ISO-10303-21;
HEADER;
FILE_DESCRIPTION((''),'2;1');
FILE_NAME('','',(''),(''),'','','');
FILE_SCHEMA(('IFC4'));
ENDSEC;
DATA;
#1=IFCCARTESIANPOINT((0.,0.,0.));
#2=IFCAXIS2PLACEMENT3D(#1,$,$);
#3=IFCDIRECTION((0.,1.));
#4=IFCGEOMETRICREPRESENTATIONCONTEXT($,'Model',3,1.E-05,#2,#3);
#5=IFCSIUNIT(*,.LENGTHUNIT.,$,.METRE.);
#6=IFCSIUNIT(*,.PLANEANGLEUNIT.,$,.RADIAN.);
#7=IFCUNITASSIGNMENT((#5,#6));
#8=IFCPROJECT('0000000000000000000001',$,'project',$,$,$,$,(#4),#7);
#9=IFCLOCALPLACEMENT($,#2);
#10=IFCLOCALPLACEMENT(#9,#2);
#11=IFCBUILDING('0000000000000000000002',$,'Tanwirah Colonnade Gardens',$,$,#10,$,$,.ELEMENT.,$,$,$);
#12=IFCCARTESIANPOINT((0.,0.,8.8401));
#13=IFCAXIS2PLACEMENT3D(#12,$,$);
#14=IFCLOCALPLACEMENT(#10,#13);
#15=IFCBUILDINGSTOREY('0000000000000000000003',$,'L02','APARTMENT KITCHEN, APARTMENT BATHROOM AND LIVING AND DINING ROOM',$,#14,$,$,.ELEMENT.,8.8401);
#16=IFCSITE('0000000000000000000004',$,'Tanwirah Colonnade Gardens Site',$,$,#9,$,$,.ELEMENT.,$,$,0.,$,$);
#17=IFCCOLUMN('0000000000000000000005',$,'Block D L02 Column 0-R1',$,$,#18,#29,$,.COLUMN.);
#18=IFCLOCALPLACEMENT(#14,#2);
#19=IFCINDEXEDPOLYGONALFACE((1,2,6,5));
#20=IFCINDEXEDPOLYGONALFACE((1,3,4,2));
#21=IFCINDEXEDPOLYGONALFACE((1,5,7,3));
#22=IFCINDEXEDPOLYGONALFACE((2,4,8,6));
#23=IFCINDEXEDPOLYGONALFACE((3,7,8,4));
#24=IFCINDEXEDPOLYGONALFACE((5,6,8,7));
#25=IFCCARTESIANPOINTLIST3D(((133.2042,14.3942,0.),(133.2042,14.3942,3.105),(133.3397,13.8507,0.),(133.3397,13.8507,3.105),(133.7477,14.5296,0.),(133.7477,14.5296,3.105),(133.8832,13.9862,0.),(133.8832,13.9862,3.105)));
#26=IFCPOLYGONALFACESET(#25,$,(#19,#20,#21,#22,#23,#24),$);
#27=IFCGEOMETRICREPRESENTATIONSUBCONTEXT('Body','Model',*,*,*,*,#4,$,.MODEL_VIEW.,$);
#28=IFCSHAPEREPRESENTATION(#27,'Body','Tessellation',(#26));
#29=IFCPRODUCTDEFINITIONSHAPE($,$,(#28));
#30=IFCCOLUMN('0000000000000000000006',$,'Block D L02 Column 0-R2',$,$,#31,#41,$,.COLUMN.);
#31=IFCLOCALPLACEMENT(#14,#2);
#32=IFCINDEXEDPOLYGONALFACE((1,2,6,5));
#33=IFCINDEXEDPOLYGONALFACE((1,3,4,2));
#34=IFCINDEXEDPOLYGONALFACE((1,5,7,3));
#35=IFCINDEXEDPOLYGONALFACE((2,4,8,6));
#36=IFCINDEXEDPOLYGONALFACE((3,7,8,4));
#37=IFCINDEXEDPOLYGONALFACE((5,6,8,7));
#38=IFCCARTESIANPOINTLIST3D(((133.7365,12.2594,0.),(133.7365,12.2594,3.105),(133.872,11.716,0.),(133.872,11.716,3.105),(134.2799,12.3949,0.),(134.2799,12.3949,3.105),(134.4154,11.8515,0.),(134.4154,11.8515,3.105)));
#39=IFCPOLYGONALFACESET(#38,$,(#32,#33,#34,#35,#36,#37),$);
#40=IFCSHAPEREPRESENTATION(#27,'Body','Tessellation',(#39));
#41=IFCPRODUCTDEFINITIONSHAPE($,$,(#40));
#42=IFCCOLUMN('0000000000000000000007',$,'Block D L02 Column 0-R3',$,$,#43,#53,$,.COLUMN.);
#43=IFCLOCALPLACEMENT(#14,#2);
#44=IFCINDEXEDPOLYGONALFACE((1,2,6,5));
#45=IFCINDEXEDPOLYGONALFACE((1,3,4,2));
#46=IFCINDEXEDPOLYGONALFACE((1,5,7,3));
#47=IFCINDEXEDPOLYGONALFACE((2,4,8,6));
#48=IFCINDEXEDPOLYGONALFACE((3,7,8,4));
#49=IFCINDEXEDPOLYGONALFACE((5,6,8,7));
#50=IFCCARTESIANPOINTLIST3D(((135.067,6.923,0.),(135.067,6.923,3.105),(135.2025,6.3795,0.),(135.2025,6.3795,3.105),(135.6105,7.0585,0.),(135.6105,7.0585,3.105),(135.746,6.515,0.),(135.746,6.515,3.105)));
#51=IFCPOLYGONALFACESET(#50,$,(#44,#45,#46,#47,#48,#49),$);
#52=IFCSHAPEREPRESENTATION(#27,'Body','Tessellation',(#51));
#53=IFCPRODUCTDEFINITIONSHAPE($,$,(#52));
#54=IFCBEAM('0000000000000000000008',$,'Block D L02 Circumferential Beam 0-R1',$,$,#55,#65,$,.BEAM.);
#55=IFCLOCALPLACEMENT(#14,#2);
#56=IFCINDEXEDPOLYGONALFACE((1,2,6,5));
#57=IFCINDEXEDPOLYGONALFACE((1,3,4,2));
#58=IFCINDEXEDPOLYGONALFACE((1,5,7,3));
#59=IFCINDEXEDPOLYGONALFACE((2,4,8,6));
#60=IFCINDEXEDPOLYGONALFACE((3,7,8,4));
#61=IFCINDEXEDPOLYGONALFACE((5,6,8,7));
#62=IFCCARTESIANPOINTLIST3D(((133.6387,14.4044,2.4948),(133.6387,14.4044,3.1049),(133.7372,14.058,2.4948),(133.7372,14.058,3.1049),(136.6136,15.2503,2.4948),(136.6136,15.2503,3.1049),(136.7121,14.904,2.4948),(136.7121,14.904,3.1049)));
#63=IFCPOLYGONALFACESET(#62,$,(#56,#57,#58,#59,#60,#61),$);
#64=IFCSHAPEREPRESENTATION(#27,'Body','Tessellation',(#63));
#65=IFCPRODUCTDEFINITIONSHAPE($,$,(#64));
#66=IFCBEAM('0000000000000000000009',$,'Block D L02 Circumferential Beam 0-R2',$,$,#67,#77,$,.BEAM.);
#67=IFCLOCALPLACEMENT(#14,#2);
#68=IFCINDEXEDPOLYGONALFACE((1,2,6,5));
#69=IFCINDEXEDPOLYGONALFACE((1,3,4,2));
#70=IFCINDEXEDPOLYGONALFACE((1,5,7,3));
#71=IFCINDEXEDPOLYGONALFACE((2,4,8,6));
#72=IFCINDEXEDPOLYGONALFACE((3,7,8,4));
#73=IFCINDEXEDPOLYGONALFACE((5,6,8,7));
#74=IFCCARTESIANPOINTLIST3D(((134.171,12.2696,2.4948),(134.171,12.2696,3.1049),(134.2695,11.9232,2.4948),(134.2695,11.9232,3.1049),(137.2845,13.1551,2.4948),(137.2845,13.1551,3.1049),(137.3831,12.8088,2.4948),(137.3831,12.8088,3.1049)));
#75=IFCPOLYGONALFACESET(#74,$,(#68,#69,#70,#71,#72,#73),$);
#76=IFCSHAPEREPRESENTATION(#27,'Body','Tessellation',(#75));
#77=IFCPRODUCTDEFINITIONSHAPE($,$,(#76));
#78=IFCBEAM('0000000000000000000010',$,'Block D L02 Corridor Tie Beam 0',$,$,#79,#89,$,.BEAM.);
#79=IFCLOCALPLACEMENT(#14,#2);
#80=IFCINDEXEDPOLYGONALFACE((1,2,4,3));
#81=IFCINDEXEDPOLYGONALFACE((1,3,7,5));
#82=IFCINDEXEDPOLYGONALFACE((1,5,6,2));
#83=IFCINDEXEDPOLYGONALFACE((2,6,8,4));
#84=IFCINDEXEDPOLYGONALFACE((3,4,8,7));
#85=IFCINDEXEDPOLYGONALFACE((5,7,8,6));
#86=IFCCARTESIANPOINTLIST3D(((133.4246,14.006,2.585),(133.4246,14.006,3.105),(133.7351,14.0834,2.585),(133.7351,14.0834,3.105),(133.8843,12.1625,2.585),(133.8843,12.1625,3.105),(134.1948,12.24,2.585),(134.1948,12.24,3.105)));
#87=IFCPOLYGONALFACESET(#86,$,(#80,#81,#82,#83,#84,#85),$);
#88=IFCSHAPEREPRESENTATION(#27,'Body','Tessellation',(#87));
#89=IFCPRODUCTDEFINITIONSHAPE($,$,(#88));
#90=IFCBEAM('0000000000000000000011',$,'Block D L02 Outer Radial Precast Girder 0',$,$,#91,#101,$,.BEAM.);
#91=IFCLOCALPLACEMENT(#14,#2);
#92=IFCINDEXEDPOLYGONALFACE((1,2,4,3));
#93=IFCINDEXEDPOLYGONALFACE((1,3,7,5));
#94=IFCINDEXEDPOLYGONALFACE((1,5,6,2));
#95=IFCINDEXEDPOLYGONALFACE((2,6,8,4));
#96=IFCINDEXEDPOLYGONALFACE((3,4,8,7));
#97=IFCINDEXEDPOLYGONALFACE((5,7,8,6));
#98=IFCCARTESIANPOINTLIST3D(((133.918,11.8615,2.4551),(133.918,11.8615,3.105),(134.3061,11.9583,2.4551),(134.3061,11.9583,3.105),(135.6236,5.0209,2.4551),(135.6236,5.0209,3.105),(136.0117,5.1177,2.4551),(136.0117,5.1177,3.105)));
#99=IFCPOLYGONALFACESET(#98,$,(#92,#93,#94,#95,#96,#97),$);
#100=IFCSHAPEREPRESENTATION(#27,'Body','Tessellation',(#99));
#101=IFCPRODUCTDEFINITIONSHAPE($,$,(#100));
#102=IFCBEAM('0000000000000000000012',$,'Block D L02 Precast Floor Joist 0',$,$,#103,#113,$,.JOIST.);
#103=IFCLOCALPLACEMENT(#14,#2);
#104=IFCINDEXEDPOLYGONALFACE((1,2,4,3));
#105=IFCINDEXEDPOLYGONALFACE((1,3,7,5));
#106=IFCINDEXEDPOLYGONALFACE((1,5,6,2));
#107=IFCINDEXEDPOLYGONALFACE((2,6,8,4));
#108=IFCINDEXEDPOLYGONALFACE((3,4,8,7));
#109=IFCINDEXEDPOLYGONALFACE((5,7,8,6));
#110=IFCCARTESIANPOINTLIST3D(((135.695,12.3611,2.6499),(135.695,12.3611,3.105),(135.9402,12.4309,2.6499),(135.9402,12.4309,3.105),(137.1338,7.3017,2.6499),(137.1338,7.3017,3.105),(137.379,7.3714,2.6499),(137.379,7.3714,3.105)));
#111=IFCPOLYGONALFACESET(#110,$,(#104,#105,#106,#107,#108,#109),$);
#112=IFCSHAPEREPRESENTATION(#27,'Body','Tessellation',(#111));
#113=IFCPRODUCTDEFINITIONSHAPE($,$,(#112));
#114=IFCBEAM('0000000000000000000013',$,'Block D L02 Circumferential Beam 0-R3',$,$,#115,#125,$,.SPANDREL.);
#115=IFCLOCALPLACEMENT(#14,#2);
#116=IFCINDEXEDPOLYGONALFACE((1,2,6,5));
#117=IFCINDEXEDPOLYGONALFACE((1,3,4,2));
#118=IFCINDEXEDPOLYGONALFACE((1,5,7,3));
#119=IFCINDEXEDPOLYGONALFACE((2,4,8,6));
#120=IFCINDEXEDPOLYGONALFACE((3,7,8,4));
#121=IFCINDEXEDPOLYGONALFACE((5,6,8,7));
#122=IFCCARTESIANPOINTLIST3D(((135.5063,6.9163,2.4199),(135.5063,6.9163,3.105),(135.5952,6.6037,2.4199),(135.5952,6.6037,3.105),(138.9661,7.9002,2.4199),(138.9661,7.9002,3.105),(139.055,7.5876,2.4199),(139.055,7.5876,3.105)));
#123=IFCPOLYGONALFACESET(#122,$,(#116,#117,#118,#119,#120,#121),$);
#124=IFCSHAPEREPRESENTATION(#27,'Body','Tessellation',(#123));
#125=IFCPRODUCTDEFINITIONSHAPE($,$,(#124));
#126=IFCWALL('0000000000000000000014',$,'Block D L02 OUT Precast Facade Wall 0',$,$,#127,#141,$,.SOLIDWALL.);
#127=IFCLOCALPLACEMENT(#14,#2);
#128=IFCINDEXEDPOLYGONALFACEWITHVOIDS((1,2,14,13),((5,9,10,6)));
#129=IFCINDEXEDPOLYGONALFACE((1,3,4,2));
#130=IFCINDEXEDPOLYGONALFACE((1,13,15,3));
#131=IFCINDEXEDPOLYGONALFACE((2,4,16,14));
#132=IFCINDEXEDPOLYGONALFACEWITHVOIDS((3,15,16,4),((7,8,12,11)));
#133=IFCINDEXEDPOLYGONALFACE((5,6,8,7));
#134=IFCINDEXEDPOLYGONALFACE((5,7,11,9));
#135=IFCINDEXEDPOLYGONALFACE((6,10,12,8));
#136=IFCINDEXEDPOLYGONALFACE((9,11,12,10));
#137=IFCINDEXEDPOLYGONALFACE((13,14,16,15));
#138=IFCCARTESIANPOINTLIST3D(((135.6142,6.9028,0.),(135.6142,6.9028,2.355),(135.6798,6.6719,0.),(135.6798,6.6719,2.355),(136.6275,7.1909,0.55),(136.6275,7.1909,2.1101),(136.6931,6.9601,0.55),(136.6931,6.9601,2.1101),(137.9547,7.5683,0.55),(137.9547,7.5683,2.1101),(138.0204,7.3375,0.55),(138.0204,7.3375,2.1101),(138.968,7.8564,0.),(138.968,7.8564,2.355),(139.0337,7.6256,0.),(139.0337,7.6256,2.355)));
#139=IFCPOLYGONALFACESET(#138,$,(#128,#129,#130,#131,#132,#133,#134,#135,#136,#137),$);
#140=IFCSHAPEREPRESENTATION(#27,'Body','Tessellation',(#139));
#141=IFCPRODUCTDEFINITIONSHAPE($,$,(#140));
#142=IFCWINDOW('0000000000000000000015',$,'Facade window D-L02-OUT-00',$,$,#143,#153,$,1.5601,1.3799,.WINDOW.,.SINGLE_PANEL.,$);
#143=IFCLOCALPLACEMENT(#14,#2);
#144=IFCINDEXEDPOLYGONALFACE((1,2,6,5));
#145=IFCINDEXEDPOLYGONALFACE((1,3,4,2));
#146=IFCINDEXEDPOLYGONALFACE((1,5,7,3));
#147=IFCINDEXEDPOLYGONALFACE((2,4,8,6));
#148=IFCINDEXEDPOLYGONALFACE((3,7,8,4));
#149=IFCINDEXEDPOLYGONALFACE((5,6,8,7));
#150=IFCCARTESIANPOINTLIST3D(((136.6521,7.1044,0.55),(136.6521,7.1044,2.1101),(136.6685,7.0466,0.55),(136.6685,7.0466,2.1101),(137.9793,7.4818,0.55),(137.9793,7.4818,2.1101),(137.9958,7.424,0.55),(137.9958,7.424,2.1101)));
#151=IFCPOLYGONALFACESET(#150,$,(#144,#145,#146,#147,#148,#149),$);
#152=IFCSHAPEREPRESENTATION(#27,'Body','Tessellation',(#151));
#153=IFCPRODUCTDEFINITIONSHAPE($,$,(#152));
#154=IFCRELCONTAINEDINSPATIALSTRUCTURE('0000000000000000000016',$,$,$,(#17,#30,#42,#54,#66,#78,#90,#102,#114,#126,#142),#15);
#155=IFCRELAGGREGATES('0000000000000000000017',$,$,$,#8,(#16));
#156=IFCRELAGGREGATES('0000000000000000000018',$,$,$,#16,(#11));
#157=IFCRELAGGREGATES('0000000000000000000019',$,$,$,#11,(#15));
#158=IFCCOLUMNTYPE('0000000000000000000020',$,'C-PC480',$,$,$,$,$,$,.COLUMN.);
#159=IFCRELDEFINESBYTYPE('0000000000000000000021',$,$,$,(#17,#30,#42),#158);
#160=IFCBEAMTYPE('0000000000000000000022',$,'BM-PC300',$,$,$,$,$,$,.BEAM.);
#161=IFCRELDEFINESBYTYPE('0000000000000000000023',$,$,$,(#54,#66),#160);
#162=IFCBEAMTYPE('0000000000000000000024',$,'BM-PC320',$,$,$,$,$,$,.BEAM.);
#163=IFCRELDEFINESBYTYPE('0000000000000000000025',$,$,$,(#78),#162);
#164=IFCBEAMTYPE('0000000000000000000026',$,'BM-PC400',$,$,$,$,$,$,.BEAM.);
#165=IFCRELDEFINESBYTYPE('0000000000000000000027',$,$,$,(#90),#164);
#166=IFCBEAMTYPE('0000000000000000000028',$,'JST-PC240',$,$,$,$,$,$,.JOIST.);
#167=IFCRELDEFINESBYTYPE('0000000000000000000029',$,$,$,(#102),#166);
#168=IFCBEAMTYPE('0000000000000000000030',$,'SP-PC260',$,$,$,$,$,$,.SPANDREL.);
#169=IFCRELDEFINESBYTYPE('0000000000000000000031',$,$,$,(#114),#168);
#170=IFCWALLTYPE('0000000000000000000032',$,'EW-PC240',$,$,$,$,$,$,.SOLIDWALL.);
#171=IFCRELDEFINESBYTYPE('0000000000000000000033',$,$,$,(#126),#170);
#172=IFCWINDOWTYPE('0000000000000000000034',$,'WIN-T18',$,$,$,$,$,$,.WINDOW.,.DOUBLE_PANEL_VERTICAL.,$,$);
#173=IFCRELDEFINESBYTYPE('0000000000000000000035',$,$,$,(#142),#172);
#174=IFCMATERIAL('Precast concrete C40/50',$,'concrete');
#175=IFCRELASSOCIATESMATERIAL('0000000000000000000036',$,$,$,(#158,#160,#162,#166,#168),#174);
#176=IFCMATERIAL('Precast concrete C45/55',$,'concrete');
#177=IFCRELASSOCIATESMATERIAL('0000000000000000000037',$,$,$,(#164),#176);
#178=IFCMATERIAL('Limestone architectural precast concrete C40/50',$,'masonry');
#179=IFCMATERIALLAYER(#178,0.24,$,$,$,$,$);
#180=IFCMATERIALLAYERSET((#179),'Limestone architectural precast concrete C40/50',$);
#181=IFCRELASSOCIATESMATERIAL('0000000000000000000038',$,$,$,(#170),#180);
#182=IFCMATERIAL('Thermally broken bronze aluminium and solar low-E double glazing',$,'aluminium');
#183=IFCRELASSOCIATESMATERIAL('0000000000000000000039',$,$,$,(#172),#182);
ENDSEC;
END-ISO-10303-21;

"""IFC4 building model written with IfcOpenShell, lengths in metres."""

from ifc_helpers import new_model, si_unit, direction, frame, frame_2d, origin, origin_2d, place, context, subcontext, project, spatial, rectangle, extrude, material, layer, layer_set, material_profile, profile_set, type_object, element, fill, save


model = new_model("IFC4")

# Units and contexts
model_context = context("Model", 3, precision=1e-05, world=origin(), true_north=direction((0.0, 1.0)))
body_context = subcontext(model_context, "Body", "Model", "MODEL_VIEW")
ifc_project = project(units=[si_unit("LENGTHUNIT", "METRE"), si_unit("PLANEANGLEUNIT", "RADIAN")], contexts=[model_context])

# Site, building, storey
site_placement = place(None, origin())
site = spatial("IfcSite", under=ifc_project, at=site_placement, Name="Tanwirah Colonnade Gardens Site", CompositionType="ELEMENT", RefElevation=0.0)
building_placement = place(site_placement, origin())
building = spatial("IfcBuilding", under=site, at=building_placement, Name="Tanwirah Colonnade Gardens", CompositionType="ELEMENT")
storey_placement = place(building_placement, frame((0.0, 0.0, 8.8401)))
storey = spatial("IfcBuildingStorey", under=building, at=storey_placement, Name="L02", Description="APARTMENT KITCHEN, APARTMENT BATHROOM AND LIVING AND DINING ROOM", CompositionType="ELEMENT", Elevation=8.8401)

# Columns
ifc_material_1 = material(Name="Precast concrete C40/50", Category="concrete")
ifc_material_profile_1 = material_profile(ifc_material_1, rectangle(XDim=0.5601, YDim=0.5601, at=origin_2d()), Name="PC-COL 560x560")
ifc_profile_set_1 = profile_set([ifc_material_profile_1], Name="Precast concrete C40/50")
column_type = type_object("IfcColumnType", Name="C-PC480", PredefinedType="COLUMN", material=ifc_profile_set_1)
for number, where, z_axis, x_axis, name in (
    (1, (133.5437, 14.1902, 0.0), (0.0, 0.0, 1.0), (0.241922, -0.970296, 0.0), "Block D L02 Column 0-R1"),
    (2, (134.0759, 12.0554, 0.0), (0.0, 0.0, 1.0), (0.241922, -0.970296, 0.0), "Block D L02 Column 0-R2"),
    (3, (135.4065, 6.719, 0.0), (0.0, 0.0, 1.0), (0.241922, -0.970296, 0.0), "Block D L02 Column 0-R3"),
):
    element("IfcColumn", number, at=place(storey_placement, frame(where, z_axis=z_axis, x_axis=x_axis)), inside=storey, type_object=column_type, Name=name, PredefinedType="COLUMN", context=body_context, shape_type="SweptSolid", body=[
        extrude(rectangle(XDim=0.5601, YDim=0.5601, at=origin_2d()), origin(), (0.0, 0.0, 1.0), 3.105),
    ])

# Beams
ifc_material_profile_2 = material_profile(ifc_material_1, rectangle(XDim=0.3601, YDim=0.6101, at=origin_2d()), Name="PC-BM 360x610")
ifc_profile_set_2 = profile_set([ifc_material_profile_2], Name="Precast concrete C40/50")
beam_type_1 = type_object("IfcBeamType", Name="BM-PC300", PredefinedType="BEAM", material=ifc_profile_set_2)
beam_1_placement = place(storey_placement, frame((133.688, 14.2312, 2.7998), z_axis=(0.961866, 0.273522, 0.0), x_axis=(-0.273522, 0.961866, 0.0)))
element("IfcBeam", 4, at=beam_1_placement, inside=storey, type_object=beam_type_1, Name="Block D L02 Circumferential Beam 0-R1", PredefinedType="BEAM", context=body_context, shape_type="SweptSolid", body=[
    extrude(rectangle(XDim=0.3601, YDim=0.6101, at=origin_2d()), origin(), (0.0, 0.0, 1.0), 3.0928),
])
beam_2_placement = place(storey_placement, frame((134.2202, 12.0964, 2.7998), z_axis=(0.961856, 0.273555, 0.0), x_axis=(-0.273555, 0.961856, 0.0)))
element("IfcBeam", 5, at=beam_2_placement, inside=storey, type_object=beam_type_1, Name="Block D L02 Circumferential Beam 0-R2", PredefinedType="BEAM", context=body_context, shape_type="SweptSolid", body=[
    extrude(rectangle(XDim=0.3601, YDim=0.6101, at=origin_2d()), origin(), (0.0, 0.0, 1.0), 3.2371),
])
ifc_material_profile_3 = material_profile(ifc_material_1, rectangle(XDim=0.3201, YDim=0.52, at=origin_2d()), Name="PC-BM 320x520")
ifc_profile_set_3 = profile_set([ifc_material_profile_3], Name="Precast concrete C40/50")
beam_type_2 = type_object("IfcBeamType", Name="BM-PC320", PredefinedType="BEAM", material=ifc_profile_set_3)
beam_3_placement = place(storey_placement, frame((133.5798, 14.0447, 2.845), z_axis=(0.241961, -0.970286, 0.0), x_axis=(0.970286, 0.241961, 0.0)))
element("IfcBeam", 6, at=beam_3_placement, inside=storey, type_object=beam_type_2, Name="Block D L02 Corridor Tie Beam 0", PredefinedType="BEAM", context=body_context, shape_type="SweptSolid", body=[
    extrude(rectangle(XDim=0.3201, YDim=0.52, at=origin_2d()), origin(), (0.0, 0.0, 1.0), 1.8999),
])
ifc_material_2 = material(Name="Precast concrete C45/55", Category="concrete")
ifc_material_profile_4 = material_profile(ifc_material_2, rectangle(XDim=0.3999, YDim=0.6499, at=origin_2d()), Name="PC-BM 400x650")
ifc_profile_set_4 = profile_set([ifc_material_profile_4], Name="Precast concrete C45/55")
beam_type_3 = type_object("IfcBeamType", Name="BM-PC400", PredefinedType="BEAM", material=ifc_profile_set_4)
beam_4_placement = place(storey_placement, frame((134.1121, 11.9099, 2.78), z_axis=(0.241924, -0.970295, 0.0), x_axis=(0.970295, 0.241924, 0.0)))
element("IfcBeam", 7, at=beam_4_placement, inside=storey, type_object=beam_type_3, Name="Block D L02 Outer Radial Precast Girder 0", PredefinedType="BEAM", context=body_context, shape_type="SweptSolid", body=[
    extrude(rectangle(XDim=0.3999, YDim=0.6499, at=origin_2d()), origin(), (0.0, 0.0, 1.0), 7.05),
])
ifc_material_profile_5 = material_profile(ifc_material_1, rectangle(XDim=0.2549, YDim=0.4551, at=origin_2d()), Name="PC-JST 255x455")
ifc_profile_set_5 = profile_set([ifc_material_profile_5], Name="Precast concrete C40/50")
beam_type_4 = type_object("IfcBeamType", Name="JST-PC240", PredefinedType="JOIST", material=ifc_profile_set_5)
beam_5_placement = place(storey_placement, frame((135.8176, 12.396, 2.8774), z_axis=(0.273526, -0.961865, 0.0), x_axis=(0.961865, 0.273526, 0.0)))
element("IfcBeam", 8, at=beam_5_placement, inside=storey, type_object=beam_type_4, Name="Block D L02 Precast Floor Joist 0", PredefinedType="JOIST", context=body_context, shape_type="SweptSolid", body=[
    extrude(rectangle(XDim=0.2549, YDim=0.4551, at=origin_2d()), origin(), (0.0, 0.0, 1.0), 5.26),
])
ifc_material_profile_6 = material_profile(ifc_material_1, rectangle(XDim=0.325, YDim=0.6851, at=origin_2d()), Name="PC-SP 325x685")
ifc_profile_set_6 = profile_set([ifc_material_profile_6], Name="Precast concrete C40/50")
beam_type_5 = type_object("IfcBeamType", Name="SP-PC260", PredefinedType="SPANDREL", material=ifc_profile_set_6)
beam_6_placement = place(storey_placement, frame((135.5508, 6.76, 2.7625), z_axis=(0.961861, 0.273538, 0.0), x_axis=(-0.273538, 0.961861, 0.0)))
element("IfcBeam", 9, at=beam_6_placement, inside=storey, type_object=beam_type_5, Name="Block D L02 Circumferential Beam 0-R3", PredefinedType="SPANDREL", context=body_context, shape_type="SweptSolid", body=[
    extrude(rectangle(XDim=0.325, YDim=0.6851, at=origin_2d()), origin(), (0.0, 0.0, 1.0), 3.5969),
])

# Wall, opening, window
ifc_material_3 = material(Name="Limestone architectural precast concrete C40/50", Category="masonry")
ifc_layer_1 = layer(ifc_material_3, 0.24)
ifc_layer_set_1 = layer_set([ifc_layer_1], Name="Limestone architectural precast concrete C40/50")
wall_type_1 = type_object("IfcWallType", Name="EW-PC240", PredefinedType="SOLIDWALL", material=ifc_layer_set_1)
wall_1_placement = place(storey_placement, frame((135.647, 6.7874, 0.0), z_axis=(0.0, 0.0, 1.0), x_axis=(0.961872, 0.2735, 0.0)))
wall_1 = element("IfcWall", 10, at=wall_1_placement, inside=storey, type_object=wall_type_1, Name="Block D L02 OUT Precast Facade Wall 0", PredefinedType="SOLIDWALL", context=body_context, shape_type="SweptSolid", body=[
    extrude(rectangle(XDim=3.4868, YDim=0.24, at=frame_2d((1.7434, 0.0))), origin(), (0.0, 0.0, 1.0), 2.355),
])
opening_1_placement = place(wall_1_placement, frame((1.0535, 0.0, 0.55)))
opening_1 = element("IfcOpeningElement", 11, at=opening_1_placement, cuts=wall_1, PredefinedType="OPENING", context=body_context, shape_type="SweptSolid", body=[
    extrude(rectangle(XDim=1.3799, YDim=1.5601, at=frame_2d((0.6899, 0.78))), frame((0.0, 0.1299, 0.0), z_axis=(0.0, -1.0, 0.0), x_axis=(1.0, 0.0, 0.0)), (0.0, 0.0, 1.0), 0.26),
])
ifc_material_4 = material(Name="Thermally broken bronze aluminium and solar low-E double glazing", Category="aluminium")
window_type_1 = type_object("IfcWindowType", Name="WIN-T18", PartitioningType="DOUBLE_PANEL_VERTICAL", PredefinedType="WINDOW", material=ifc_material_4)
window_1_placement = place(opening_1_placement, origin())
window_1 = element("IfcWindow", 12, at=window_1_placement, inside=storey, type_object=window_type_1, Name="Facade window D-L02-OUT-00", OverallHeight=1.5601, OverallWidth=1.3799, PartitioningType="SINGLE_PANEL", PredefinedType="WINDOW", context=body_context, shape_type="SweptSolid", body=[
    extrude(rectangle(XDim=1.3799, YDim=1.5601, at=frame_2d((0.6899, 0.78))), frame((0.0, 0.03, 0.0), z_axis=(0.0, -1.0, 0.0), x_axis=(1.0, 0.0, 0.0)), (0.0, 0.0, 1.0), 0.0601),
])
fill(opening_1, window_1)

save(model, "model.ifc")
